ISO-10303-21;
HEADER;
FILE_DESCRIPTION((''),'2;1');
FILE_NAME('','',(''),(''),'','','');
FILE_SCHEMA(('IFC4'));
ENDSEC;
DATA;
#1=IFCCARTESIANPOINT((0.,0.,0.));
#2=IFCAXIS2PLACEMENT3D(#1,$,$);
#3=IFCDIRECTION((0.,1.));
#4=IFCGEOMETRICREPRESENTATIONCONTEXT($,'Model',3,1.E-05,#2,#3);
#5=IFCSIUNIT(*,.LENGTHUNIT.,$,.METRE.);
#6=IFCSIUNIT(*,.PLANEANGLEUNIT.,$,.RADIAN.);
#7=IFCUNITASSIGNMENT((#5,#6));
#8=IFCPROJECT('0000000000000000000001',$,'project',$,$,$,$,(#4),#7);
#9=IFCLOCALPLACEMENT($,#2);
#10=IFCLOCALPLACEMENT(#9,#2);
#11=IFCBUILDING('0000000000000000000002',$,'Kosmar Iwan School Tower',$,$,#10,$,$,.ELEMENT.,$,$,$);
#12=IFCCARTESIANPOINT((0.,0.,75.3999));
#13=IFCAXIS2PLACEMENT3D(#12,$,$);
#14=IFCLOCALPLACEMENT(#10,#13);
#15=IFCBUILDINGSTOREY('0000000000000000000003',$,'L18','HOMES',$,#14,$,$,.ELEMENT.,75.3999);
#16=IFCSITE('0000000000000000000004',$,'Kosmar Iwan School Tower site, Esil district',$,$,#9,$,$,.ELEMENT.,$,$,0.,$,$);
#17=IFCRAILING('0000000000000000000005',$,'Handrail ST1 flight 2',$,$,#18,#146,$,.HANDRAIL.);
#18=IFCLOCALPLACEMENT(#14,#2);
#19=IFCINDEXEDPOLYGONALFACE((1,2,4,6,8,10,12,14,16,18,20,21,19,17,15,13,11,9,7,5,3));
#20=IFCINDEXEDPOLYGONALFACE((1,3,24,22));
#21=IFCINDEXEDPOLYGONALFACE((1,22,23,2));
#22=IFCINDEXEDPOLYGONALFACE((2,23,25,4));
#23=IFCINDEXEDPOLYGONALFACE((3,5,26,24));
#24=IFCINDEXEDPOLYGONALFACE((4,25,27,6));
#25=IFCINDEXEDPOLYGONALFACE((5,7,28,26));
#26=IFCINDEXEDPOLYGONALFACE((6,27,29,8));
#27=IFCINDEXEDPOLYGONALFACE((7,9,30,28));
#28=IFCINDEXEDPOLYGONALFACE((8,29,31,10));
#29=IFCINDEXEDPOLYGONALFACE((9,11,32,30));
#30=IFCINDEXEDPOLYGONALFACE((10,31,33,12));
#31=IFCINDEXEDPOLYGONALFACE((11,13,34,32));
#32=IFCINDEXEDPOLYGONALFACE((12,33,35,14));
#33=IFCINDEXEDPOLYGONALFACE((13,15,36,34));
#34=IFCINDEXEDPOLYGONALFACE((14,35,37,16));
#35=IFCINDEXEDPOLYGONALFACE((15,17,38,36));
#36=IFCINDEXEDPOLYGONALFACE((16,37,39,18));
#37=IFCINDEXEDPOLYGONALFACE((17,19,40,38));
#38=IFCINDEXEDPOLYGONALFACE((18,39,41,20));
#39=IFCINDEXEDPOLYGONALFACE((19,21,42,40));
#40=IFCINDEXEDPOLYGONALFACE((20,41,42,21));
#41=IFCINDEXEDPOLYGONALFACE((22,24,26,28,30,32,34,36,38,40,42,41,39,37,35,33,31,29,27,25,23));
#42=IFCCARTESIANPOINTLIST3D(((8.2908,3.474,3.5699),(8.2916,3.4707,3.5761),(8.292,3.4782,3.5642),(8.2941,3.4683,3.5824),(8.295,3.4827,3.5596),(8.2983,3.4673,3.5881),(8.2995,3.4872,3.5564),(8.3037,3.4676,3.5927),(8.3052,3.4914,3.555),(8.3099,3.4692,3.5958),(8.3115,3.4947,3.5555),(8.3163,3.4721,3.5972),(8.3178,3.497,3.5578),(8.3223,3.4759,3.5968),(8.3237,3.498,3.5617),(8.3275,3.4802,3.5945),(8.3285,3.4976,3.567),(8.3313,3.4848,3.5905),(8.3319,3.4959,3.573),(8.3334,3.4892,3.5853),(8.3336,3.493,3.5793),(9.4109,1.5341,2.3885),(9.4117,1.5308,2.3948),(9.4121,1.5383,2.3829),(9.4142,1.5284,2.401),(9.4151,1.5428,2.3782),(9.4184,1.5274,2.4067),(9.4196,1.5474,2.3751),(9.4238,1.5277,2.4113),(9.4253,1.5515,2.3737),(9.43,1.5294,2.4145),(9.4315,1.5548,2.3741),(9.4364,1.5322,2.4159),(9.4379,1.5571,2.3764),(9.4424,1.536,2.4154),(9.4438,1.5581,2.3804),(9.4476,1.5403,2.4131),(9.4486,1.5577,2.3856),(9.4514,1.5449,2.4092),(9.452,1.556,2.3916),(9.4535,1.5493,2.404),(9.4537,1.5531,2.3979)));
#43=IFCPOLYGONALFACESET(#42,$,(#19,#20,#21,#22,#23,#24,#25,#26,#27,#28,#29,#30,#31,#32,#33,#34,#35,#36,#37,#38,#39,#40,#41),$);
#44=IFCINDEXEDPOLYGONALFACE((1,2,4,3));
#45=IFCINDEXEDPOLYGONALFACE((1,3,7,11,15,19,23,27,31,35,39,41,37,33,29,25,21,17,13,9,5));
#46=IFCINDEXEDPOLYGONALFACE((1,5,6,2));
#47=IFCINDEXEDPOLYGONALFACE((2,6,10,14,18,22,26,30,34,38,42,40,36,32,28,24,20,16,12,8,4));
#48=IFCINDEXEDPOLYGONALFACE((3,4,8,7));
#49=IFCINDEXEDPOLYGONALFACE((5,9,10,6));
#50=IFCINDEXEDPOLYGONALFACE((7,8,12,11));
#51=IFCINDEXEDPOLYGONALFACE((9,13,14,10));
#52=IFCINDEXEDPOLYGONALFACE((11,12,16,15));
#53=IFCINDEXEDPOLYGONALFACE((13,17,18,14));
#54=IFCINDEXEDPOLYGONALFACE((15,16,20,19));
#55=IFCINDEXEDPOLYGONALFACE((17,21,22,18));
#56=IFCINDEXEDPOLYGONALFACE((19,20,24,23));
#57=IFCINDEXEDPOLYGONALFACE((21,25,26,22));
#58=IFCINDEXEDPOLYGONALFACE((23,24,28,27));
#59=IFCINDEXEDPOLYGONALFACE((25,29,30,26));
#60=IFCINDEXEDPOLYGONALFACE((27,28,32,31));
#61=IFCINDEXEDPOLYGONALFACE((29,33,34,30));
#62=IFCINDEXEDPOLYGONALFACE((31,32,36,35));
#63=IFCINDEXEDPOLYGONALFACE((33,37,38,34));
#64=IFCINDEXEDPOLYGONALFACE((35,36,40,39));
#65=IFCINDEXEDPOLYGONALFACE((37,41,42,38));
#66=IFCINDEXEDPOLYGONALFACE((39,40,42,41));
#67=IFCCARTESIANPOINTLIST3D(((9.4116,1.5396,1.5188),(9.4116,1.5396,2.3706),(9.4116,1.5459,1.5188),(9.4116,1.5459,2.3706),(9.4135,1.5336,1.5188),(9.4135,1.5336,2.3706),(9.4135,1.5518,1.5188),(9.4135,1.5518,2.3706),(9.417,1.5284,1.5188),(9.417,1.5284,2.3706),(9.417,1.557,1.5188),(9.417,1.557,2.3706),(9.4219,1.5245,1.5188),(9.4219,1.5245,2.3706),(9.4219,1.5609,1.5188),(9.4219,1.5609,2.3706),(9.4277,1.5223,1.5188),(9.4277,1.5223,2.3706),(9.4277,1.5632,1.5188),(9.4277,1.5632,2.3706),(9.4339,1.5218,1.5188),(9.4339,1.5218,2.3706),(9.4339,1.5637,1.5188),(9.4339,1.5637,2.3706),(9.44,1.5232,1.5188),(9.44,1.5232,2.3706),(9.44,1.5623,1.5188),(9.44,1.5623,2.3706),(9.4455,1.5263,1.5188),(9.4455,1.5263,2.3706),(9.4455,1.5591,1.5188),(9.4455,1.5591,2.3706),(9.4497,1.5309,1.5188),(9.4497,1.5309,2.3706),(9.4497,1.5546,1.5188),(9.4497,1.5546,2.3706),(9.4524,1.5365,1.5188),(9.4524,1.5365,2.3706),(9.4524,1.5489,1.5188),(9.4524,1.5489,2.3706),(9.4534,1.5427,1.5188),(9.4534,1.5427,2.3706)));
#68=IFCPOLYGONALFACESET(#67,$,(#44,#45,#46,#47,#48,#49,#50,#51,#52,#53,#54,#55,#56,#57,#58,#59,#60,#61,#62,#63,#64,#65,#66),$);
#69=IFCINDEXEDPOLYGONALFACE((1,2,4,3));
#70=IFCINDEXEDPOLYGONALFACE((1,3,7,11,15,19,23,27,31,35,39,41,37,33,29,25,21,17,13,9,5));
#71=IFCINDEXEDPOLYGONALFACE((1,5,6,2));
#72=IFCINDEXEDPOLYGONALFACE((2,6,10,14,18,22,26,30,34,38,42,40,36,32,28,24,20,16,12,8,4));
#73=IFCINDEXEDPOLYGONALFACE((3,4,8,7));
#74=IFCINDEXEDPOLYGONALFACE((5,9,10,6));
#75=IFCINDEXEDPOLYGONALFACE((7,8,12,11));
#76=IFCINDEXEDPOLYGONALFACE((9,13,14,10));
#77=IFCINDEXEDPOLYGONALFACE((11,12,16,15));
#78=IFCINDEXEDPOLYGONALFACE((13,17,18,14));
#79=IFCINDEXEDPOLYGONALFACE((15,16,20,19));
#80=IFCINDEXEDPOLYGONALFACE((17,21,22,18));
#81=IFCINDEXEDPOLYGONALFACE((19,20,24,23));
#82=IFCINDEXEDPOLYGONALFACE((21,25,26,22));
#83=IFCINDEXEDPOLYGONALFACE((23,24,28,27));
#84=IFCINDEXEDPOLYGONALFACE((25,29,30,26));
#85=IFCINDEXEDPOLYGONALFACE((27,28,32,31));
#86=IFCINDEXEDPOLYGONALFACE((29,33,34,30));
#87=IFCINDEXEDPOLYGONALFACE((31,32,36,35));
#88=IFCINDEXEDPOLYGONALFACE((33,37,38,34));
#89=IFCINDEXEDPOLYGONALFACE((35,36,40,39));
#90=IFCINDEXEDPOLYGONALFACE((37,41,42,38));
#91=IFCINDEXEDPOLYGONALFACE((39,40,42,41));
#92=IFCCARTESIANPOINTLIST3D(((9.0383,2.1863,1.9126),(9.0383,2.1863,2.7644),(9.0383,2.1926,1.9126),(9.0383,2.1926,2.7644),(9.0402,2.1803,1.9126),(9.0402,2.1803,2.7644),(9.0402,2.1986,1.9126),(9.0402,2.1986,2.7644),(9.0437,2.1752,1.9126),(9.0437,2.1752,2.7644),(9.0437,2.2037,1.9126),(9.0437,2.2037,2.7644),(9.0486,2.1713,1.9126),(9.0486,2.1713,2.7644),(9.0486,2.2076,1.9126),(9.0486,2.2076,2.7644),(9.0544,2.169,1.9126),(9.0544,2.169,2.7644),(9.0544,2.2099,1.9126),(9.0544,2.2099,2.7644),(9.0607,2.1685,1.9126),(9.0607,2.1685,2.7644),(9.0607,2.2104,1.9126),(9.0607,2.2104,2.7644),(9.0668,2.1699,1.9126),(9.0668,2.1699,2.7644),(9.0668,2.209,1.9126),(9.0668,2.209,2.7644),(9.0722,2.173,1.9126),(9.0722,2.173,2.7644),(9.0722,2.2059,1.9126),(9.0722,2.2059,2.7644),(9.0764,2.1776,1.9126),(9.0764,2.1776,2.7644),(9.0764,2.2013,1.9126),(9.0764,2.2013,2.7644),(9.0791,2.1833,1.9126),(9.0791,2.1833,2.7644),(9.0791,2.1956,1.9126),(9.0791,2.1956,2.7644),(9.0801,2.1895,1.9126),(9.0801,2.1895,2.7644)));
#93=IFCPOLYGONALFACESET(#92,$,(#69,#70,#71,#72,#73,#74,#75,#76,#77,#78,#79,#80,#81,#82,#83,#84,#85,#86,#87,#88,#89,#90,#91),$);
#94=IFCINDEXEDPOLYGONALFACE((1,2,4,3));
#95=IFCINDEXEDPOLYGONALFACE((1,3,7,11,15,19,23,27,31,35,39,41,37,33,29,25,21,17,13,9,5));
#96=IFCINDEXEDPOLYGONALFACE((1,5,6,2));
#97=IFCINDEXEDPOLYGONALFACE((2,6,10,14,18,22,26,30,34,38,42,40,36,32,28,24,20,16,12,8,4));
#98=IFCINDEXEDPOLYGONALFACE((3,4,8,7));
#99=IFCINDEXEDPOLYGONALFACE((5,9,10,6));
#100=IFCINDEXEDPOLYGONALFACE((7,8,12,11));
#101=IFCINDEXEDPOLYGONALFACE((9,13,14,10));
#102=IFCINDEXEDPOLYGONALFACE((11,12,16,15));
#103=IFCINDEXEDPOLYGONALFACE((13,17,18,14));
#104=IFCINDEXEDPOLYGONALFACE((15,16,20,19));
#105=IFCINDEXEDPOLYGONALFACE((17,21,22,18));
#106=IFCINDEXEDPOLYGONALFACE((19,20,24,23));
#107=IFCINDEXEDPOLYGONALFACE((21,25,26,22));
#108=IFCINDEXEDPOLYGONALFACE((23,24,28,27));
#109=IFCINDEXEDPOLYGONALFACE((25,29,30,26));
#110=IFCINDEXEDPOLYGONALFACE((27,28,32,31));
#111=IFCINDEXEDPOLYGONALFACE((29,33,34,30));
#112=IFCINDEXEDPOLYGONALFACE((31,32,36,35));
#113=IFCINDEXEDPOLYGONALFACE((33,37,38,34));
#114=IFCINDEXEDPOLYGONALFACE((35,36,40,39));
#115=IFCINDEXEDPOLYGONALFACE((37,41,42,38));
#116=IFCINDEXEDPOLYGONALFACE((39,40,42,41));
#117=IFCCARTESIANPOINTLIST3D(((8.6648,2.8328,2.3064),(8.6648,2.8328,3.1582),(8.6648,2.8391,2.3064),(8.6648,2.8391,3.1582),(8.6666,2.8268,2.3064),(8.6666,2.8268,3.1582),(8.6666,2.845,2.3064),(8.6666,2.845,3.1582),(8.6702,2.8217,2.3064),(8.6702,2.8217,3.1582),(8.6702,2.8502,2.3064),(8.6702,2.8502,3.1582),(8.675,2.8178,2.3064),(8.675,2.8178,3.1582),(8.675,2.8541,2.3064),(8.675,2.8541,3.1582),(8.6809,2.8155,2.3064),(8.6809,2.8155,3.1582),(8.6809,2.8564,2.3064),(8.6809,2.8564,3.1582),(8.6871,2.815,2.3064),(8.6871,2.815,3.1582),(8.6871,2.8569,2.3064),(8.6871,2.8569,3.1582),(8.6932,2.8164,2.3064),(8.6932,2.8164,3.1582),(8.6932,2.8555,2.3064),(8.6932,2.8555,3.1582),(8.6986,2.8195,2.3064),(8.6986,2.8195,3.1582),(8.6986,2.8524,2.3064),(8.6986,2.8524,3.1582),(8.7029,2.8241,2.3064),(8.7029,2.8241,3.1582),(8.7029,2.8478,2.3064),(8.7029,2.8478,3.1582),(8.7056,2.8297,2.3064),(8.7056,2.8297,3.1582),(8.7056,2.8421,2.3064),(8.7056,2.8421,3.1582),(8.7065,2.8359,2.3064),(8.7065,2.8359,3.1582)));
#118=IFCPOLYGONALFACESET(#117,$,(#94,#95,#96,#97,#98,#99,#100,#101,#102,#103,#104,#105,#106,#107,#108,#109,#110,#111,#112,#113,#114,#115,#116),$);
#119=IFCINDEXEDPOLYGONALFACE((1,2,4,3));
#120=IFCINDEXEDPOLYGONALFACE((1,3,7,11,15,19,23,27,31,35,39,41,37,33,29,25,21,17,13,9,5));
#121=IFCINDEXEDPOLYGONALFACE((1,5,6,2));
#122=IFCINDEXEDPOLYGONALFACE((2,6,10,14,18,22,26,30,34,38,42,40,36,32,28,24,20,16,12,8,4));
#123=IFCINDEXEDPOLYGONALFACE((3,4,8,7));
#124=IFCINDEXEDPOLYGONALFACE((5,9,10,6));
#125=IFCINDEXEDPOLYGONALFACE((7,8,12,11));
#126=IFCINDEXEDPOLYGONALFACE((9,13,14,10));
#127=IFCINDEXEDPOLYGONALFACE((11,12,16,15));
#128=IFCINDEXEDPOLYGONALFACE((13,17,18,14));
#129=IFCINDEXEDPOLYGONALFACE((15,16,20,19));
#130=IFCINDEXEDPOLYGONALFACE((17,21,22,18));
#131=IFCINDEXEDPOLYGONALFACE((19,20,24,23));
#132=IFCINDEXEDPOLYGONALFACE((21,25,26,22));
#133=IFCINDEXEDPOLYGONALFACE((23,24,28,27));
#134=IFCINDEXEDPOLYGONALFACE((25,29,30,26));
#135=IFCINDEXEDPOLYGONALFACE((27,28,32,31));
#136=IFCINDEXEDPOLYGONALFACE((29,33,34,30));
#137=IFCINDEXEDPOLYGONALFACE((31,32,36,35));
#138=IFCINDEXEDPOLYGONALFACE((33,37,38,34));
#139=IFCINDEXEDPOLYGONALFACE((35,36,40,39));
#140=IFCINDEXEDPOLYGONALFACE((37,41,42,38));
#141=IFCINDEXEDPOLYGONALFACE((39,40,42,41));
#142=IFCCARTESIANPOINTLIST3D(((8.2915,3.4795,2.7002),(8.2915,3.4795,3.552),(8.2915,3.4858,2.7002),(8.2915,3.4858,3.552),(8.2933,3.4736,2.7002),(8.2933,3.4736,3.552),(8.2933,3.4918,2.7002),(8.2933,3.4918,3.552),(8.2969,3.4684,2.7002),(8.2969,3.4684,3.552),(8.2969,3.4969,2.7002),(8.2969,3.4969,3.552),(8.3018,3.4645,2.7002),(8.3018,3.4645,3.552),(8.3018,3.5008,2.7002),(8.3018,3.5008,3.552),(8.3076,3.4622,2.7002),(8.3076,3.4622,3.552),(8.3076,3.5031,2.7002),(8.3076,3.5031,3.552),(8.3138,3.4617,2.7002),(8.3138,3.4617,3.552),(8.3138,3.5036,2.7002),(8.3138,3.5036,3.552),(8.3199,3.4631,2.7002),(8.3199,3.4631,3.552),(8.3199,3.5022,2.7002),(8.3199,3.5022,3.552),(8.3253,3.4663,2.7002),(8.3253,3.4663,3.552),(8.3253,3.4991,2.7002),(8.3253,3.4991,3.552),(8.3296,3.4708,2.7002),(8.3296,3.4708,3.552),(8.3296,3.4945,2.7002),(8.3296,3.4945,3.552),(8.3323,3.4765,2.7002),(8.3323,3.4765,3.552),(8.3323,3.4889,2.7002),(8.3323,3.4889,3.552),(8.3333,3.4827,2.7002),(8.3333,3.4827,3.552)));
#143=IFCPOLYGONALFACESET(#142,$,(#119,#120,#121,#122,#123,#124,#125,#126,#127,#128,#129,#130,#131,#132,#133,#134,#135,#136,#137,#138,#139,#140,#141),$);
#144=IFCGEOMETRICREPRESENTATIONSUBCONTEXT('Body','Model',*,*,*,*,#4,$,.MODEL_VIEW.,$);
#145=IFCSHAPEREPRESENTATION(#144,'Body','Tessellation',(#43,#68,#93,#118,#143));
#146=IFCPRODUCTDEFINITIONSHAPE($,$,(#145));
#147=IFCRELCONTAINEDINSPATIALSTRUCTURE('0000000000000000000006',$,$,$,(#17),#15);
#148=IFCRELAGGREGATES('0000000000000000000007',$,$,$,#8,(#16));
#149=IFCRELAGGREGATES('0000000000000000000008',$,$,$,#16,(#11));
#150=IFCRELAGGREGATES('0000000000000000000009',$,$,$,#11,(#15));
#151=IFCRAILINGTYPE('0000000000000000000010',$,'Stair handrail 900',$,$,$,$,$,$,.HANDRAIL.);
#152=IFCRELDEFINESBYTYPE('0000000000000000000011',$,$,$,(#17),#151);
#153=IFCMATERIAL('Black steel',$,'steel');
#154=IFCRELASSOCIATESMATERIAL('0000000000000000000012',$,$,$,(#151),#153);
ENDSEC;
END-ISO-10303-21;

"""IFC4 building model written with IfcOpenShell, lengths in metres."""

from ifc_helpers import new_model, si_unit, direction, frame, origin, origin_2d, place, context, subcontext, project, spatial, circle, extrude, material, type_object, element, save


model = new_model("IFC4")

# Units and contexts
model_context = context("Model", 3, precision=1e-05, world=origin(), true_north=direction((0.0, 1.0)))
body_context = subcontext(model_context, "Body", "Model", "MODEL_VIEW")
ifc_project = project(units=[si_unit("LENGTHUNIT", "METRE"), si_unit("PLANEANGLEUNIT", "RADIAN")], contexts=[model_context])

# Site, building, storey
site_placement = place(None, origin())
site = spatial("IfcSite", under=ifc_project, at=site_placement, Name="Kosmar Iwan School Tower site, Esil district", CompositionType="ELEMENT", RefElevation=0.0)
building_placement = place(site_placement, origin())
building = spatial("IfcBuilding", under=site, at=building_placement, Name="Kosmar Iwan School Tower", CompositionType="ELEMENT")
storey_placement = place(building_placement, frame((0.0, 0.0, 75.3999)))
storey = spatial("IfcBuildingStorey", under=building, at=storey_placement, Name="L18", Description="HOMES", CompositionType="ELEMENT", Elevation=75.3999)

# Railing
ifc_material_1 = material(Name="Black steel", Category="steel")
railing_type = type_object("IfcRailingType", Name="Stair handrail 900", PredefinedType="HANDRAIL", material=ifc_material_1)
railing_1_placement = place(storey_placement, frame((9.4324, 1.5427, 1.5188)))
element("IfcRailing", 1, at=railing_1_placement, inside=storey, type_object=railing_type, Name="Handrail ST1 flight 2", PredefinedType="HANDRAIL", context=body_context, shape_type="SweptSolid", body=[
    extrude(circle(Radius=0.0239, at=origin_2d()), frame((0.0, 0.0, 0.876), z_axis=(-0.442291, 0.766008, 0.466488), x_axis=(-0.866008, -0.500031, 0.0)), (0.0, 0.0, 1.0), 2.5325),
    extrude(circle(Radius=0.021, at=origin_2d()), origin(), (0.0, 0.0, 1.0), 0.8518),
    extrude(circle(Radius=0.021, at=origin_2d()), frame((-0.3733, 0.6467, 0.3938)), (0.0, 0.0, 1.0), 0.8518),
    extrude(circle(Radius=0.021, at=origin_2d()), frame((-0.7468, 1.2932, 0.7876)), (0.0, 0.0, 1.0), 0.8518),
    extrude(circle(Radius=0.021, at=origin_2d()), frame((-1.1201, 1.9399, 1.1814)), (0.0, 0.0, 1.0), 0.8518),
])

save(model, "model.ifc")
